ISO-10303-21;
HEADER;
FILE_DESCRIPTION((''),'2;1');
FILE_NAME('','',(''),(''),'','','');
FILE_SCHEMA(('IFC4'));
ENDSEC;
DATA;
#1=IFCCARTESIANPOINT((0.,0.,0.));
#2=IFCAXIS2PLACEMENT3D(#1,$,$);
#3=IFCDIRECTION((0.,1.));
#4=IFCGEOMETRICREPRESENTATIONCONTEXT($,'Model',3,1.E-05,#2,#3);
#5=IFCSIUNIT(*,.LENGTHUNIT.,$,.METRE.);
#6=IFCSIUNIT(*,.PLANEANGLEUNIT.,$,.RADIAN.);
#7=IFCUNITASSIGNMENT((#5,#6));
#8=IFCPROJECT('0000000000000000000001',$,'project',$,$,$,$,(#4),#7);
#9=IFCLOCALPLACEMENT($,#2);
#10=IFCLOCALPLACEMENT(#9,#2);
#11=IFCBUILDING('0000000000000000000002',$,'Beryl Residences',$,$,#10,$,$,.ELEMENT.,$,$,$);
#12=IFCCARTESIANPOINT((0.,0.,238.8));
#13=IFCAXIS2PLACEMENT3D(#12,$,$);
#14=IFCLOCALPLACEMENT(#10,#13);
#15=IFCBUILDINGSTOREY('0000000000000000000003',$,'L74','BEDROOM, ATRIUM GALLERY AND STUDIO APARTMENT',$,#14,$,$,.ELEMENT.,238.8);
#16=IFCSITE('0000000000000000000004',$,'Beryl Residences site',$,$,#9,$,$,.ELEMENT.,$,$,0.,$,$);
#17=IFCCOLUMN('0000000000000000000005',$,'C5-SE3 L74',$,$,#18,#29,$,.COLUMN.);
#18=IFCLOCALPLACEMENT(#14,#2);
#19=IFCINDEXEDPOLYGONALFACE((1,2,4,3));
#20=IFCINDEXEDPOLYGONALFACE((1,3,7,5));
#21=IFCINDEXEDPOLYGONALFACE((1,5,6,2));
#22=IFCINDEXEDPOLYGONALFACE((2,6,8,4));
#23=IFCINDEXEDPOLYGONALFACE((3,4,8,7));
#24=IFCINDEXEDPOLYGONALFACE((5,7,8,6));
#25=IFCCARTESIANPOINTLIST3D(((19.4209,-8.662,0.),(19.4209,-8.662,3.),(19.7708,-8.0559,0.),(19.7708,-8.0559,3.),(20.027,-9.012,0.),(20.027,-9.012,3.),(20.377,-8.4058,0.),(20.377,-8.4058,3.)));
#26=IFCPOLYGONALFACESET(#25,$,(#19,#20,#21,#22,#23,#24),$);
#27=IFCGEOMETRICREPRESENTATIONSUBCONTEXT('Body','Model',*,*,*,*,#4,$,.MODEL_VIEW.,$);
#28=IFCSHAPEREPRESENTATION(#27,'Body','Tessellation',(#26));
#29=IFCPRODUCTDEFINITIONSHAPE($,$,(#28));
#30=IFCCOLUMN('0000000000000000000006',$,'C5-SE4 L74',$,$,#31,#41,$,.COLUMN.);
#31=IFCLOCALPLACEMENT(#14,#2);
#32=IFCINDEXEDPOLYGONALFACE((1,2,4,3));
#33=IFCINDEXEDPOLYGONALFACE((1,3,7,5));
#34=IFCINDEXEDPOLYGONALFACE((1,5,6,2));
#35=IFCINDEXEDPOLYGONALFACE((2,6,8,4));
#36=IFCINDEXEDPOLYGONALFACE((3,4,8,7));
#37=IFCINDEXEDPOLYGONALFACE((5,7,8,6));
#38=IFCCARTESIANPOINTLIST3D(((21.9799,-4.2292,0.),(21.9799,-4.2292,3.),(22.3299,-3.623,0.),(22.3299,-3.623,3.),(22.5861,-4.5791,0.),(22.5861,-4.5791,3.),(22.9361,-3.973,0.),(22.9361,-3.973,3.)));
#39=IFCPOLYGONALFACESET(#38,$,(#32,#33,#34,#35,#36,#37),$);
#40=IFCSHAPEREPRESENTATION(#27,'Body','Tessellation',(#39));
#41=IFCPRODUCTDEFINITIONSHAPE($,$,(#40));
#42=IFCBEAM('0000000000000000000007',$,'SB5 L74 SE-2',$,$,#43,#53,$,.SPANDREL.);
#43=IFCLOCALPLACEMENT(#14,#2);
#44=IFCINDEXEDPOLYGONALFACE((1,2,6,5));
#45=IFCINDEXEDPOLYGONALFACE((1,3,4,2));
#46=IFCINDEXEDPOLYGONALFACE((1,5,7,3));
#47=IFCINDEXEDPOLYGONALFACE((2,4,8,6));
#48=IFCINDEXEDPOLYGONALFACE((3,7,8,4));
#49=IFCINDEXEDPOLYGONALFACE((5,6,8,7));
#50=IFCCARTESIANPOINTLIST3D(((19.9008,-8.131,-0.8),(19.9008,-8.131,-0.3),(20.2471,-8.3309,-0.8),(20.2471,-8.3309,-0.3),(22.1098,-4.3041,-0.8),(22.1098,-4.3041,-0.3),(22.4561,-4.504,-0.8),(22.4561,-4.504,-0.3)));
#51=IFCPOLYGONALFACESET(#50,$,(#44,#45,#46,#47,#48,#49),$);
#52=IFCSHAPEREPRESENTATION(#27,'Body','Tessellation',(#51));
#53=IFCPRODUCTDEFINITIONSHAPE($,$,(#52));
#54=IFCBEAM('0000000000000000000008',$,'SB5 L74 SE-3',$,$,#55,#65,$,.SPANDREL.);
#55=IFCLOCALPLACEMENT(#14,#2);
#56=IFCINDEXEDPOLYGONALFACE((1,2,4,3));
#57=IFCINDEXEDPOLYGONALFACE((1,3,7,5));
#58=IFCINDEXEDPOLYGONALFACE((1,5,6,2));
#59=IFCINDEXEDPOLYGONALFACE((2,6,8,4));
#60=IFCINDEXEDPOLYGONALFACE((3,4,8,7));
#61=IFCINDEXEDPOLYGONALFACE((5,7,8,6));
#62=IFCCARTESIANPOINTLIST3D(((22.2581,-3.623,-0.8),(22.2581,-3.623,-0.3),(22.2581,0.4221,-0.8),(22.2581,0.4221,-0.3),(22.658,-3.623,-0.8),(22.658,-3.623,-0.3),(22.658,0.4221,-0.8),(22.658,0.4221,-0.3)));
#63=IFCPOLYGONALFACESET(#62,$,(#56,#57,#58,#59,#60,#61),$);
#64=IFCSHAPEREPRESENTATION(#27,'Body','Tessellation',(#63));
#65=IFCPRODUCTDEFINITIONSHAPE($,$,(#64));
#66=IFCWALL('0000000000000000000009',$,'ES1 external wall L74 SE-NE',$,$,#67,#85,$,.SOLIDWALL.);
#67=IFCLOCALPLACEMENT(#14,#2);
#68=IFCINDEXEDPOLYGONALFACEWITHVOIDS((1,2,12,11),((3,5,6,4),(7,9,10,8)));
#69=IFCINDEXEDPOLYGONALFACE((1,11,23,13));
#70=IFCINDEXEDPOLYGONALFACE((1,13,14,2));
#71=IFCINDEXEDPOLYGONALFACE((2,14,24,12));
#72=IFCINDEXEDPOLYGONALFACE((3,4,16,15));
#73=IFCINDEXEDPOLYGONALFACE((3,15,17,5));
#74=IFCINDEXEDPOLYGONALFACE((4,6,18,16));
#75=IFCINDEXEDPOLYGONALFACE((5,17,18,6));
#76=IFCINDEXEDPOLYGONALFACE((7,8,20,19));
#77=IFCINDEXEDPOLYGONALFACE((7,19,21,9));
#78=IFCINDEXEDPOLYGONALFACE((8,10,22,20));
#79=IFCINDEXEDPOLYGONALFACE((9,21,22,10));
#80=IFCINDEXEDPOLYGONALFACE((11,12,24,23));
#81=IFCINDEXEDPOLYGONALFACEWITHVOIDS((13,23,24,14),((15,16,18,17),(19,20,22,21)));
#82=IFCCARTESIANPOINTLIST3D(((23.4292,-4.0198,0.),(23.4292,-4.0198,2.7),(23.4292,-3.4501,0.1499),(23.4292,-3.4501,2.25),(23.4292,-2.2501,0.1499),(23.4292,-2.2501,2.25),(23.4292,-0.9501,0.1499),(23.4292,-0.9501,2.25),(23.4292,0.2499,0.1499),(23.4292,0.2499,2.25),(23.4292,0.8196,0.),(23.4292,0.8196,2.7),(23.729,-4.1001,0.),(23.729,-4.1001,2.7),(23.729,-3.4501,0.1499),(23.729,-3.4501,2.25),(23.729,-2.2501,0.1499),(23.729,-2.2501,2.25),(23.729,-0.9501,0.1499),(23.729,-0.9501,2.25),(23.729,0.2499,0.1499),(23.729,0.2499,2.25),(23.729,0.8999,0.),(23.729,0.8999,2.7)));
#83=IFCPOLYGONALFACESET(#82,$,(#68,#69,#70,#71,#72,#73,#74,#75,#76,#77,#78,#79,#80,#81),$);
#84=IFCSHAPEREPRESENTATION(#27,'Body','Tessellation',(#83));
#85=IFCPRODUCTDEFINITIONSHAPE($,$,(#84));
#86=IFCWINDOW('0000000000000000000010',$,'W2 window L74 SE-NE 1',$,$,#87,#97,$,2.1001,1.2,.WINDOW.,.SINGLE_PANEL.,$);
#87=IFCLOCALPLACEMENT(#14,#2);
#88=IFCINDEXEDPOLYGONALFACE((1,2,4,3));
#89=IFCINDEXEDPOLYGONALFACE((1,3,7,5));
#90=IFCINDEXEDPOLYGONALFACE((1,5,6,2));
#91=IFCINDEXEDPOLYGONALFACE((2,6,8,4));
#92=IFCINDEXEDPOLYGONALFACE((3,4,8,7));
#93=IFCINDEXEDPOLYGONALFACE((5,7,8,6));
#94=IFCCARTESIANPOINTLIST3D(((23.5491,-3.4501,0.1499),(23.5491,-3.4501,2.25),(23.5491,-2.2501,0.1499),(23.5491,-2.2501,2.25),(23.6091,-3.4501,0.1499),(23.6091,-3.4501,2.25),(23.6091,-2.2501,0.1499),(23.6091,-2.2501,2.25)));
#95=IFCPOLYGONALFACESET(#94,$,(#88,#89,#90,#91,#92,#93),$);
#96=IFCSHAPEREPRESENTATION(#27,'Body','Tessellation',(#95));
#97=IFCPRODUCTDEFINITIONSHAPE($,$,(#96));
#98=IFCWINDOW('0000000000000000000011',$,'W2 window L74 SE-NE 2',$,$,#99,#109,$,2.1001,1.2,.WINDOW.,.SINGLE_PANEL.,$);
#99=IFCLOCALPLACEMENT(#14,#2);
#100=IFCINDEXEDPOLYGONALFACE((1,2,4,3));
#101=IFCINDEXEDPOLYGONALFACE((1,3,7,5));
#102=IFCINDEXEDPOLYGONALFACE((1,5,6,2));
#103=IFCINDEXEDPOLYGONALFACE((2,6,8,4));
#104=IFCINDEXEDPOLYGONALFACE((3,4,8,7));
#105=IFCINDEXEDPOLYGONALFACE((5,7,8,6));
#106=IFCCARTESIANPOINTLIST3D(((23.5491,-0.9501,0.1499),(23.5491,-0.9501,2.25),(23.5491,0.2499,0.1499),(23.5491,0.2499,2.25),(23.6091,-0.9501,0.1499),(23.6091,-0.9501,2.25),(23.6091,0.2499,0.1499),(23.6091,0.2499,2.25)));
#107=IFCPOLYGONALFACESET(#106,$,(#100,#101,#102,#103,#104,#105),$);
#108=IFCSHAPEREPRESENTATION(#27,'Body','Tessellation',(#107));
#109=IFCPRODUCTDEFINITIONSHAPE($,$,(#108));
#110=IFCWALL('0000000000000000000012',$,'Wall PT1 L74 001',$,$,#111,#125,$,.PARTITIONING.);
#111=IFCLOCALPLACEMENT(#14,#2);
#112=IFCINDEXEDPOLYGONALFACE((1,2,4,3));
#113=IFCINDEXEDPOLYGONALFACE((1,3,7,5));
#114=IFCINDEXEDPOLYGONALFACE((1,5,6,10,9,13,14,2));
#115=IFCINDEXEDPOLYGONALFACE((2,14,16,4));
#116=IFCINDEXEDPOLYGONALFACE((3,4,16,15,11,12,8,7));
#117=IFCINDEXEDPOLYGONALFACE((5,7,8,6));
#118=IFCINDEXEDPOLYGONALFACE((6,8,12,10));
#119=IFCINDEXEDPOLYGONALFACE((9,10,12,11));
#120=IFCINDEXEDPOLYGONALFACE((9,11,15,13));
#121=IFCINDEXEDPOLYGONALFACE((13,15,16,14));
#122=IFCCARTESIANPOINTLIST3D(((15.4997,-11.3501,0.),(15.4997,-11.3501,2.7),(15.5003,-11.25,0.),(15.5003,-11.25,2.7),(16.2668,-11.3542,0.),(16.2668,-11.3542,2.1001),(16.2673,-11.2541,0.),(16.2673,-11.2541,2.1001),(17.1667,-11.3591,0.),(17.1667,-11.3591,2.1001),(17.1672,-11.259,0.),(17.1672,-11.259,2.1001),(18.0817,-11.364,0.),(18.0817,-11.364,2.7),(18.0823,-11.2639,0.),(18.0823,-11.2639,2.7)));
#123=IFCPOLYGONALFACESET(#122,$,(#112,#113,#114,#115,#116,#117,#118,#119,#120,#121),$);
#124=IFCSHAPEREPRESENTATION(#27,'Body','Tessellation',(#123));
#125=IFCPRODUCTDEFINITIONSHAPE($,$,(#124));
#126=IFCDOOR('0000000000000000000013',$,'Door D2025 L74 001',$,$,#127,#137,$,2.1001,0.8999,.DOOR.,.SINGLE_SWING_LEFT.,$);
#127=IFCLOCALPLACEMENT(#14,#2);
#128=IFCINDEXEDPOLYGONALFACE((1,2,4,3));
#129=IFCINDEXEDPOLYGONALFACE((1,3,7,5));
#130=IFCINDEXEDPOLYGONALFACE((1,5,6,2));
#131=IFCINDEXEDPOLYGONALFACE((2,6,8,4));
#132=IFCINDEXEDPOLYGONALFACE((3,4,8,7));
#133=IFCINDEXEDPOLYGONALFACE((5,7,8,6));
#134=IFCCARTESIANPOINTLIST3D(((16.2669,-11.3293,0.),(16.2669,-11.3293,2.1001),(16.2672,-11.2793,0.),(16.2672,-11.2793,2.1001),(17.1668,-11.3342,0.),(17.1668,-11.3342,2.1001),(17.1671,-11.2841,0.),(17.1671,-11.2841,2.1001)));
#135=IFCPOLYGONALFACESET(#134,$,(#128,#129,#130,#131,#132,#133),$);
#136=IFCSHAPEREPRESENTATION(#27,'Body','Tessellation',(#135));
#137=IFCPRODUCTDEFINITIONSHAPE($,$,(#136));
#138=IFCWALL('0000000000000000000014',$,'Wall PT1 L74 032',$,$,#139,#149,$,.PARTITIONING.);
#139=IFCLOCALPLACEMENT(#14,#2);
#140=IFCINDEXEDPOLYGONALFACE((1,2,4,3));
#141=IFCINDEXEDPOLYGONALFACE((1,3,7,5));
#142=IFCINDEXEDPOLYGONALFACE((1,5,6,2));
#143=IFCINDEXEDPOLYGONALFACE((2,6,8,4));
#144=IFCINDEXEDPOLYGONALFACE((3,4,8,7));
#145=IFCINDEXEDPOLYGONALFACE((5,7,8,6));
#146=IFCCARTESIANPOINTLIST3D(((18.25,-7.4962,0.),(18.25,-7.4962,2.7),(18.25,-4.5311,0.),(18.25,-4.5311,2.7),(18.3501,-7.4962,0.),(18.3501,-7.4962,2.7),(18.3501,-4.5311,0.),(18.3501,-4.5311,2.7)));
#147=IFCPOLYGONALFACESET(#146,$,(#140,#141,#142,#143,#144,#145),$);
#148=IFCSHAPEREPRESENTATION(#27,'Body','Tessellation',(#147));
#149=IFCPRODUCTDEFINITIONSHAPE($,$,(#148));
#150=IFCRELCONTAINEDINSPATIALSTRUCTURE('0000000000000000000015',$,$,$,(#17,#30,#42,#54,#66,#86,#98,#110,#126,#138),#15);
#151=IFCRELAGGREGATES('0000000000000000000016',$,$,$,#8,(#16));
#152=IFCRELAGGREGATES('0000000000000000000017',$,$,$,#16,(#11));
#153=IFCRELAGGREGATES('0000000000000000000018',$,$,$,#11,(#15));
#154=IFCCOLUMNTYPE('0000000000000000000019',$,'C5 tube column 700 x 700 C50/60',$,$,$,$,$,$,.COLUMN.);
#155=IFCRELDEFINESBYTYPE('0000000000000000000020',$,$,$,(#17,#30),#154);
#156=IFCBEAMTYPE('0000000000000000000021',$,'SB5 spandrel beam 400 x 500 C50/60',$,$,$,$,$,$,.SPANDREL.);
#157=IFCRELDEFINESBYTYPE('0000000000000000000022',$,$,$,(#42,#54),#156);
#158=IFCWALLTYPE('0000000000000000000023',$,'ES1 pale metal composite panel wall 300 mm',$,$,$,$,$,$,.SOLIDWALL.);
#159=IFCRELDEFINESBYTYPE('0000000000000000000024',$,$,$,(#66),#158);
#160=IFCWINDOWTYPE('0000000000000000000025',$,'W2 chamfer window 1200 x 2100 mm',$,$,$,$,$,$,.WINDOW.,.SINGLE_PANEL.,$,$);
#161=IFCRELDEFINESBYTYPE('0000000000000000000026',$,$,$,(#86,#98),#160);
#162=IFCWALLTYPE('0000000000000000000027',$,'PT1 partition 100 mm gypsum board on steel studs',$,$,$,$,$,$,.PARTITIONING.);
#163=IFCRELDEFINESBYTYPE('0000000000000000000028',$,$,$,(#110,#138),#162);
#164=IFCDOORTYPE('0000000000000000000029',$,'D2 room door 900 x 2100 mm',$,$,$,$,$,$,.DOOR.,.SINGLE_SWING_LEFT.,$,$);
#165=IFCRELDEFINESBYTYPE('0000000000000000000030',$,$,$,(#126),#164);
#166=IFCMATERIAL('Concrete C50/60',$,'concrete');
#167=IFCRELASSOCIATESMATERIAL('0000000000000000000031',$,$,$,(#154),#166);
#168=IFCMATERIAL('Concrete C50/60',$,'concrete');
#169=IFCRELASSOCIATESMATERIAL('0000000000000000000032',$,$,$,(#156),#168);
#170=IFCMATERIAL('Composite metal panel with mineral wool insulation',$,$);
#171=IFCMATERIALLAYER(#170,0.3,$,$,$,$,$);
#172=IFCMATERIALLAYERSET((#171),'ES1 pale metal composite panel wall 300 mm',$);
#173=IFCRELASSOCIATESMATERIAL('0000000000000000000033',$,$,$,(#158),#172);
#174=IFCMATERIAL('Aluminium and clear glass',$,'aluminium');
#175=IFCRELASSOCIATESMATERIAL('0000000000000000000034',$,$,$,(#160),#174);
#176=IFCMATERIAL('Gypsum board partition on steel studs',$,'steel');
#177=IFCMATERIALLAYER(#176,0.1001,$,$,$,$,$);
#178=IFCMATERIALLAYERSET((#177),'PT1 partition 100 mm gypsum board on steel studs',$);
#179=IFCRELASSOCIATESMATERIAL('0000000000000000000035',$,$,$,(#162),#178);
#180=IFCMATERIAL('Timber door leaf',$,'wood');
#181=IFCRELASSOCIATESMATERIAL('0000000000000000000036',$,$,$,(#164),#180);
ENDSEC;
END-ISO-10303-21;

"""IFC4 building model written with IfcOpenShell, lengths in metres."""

from ifc_helpers import new_model, si_unit, direction, frame, frame_2d, origin, origin_2d, place, context, subcontext, project, spatial, polyline, rectangle, outline, extrude, material, layer, layer_set, material_profile, profile_set, type_object, element, fill, save


model = new_model("IFC4")

# Units and contexts
model_context = context("Model", 3, precision=1e-05, world=origin(), true_north=direction((0.0, 1.0)))
body_context = subcontext(model_context, "Body", "Model", "MODEL_VIEW")
ifc_project = project(units=[si_unit("LENGTHUNIT", "METRE"), si_unit("PLANEANGLEUNIT", "RADIAN")], contexts=[model_context])

# Site, building, storey
site_placement = place(None, origin())
site = spatial("IfcSite", under=ifc_project, at=site_placement, Name="Beryl Residences site", CompositionType="ELEMENT", RefElevation=0.0)
building_placement = place(site_placement, origin())
building = spatial("IfcBuilding", under=site, at=building_placement, Name="Beryl Residences", CompositionType="ELEMENT")
storey_placement = place(building_placement, frame((0.0, 0.0, 238.8)))
storey = spatial("IfcBuildingStorey", under=building, at=storey_placement, Name="L74", Description="BEDROOM, ATRIUM GALLERY AND STUDIO APARTMENT", CompositionType="ELEMENT", Elevation=238.8)

# Columns
ifc_material_1 = material(Name="Concrete C50/60", Category="concrete")
ifc_material_profile_1 = material_profile(ifc_material_1, rectangle(XDim=0.7, YDim=0.7, at=origin_2d()))
ifc_profile_set_1 = profile_set([ifc_material_profile_1], Name="Concrete C50/60")
column_type = type_object("IfcColumnType", Name="C5 tube column 700 x 700 C50/60", PredefinedType="COLUMN", material=ifc_profile_set_1)
for number, where, z_axis, x_axis, name in (
    (1, (19.8989, -8.5339, 0.0), (0.0, 0.0, 1.0), (0.499985, 0.866034, 0.0), "C5-SE3 L74"),
    (2, (22.458, -4.1011, 0.0), (0.0, 0.0, 1.0), (0.499985, 0.866034, 0.0), "C5-SE4 L74"),
):
    element("IfcColumn", number, at=place(storey_placement, frame(where, z_axis=z_axis, x_axis=x_axis)), inside=storey, type_object=column_type, Name=name, PredefinedType="COLUMN", context=body_context, shape_type="SweptSolid", body=[
        extrude(rectangle(XDim=0.7, YDim=0.7, at=origin_2d()), origin(), (0.0, 0.0, 1.0), 3.0),
    ])

# Beams
ifc_material_2 = material(Name="Concrete C50/60", Category="concrete")
ifc_material_profile_2 = material_profile(ifc_material_2, rectangle(XDim=0.3999, YDim=0.5, at=origin_2d()))
ifc_profile_set_2 = profile_set([ifc_material_profile_2], Name="Concrete C50/60")
beam_type = type_object("IfcBeamType", Name="SB5 spandrel beam 400 x 500 C50/60", PredefinedType="SPANDREL", material=ifc_profile_set_2)
beam_1_placement = place(storey_placement, frame((20.074, -8.231, -0.55), z_axis=(0.499919, 0.866072, 0.0), x_axis=(-0.866072, 0.499919, 0.0)))
element("IfcBeam", 3, at=beam_1_placement, inside=storey, type_object=beam_type, Name="SB5 L74 SE-2", PredefinedType="SPANDREL", context=body_context, shape_type="SweptSolid", body=[
    extrude(rectangle(XDim=0.3999, YDim=0.5, at=origin_2d()), origin(), (0.0, 0.0, 1.0), 4.4187),
])
beam_2_placement = place(storey_placement, frame((22.458, -3.623, -0.55), z_axis=(0.0, 1.0, 0.0), x_axis=(-1.0, 0.0, 0.0)))
element("IfcBeam", 4, at=beam_2_placement, inside=storey, type_object=beam_type, Name="SB5 L74 SE-3", PredefinedType="SPANDREL", context=body_context, shape_type="SweptSolid", body=[
    extrude(rectangle(XDim=0.3999, YDim=0.5, at=origin_2d()), origin(), (0.0, 0.0, 1.0), 4.0452),
])

# Wall, openings, windows
ifc_material_3 = material(Name="Composite metal panel with mineral wool insulation")
ifc_layer_1 = layer(ifc_material_3, 0.3)
ifc_layer_set_1 = layer_set([ifc_layer_1], Name="ES1 pale metal composite panel wall 300 mm")
wall_type_1 = type_object("IfcWallType", Name="ES1 pale metal composite panel wall 300 mm", PredefinedType="SOLIDWALL", material=ifc_layer_set_1)
wall_1_placement = place(storey_placement, frame((23.5791, -4.1001, 0.0), z_axis=(0.0, 0.0, 1.0), x_axis=(0.0, 1.0, 0.0)))
wall_1 = element("IfcWall", 5, at=wall_1_placement, inside=storey, type_object=wall_type_1, Name="ES1 external wall L74 SE-NE", PredefinedType="SOLIDWALL", context=body_context, shape_type="SweptSolid", body=[
    extrude(outline(polyline([(0.0, -0.1499), (5.0, -0.1499), (4.9197, 0.1499), (0.0803, 0.1499), (0.0, -0.1499)])), origin(), (0.0, 0.0, 1.0), 2.7),
])
opening_1_placement = place(wall_1_placement, frame((0.6499, 0.0, 0.1499)))
opening_1 = element("IfcOpeningElement", 6, at=opening_1_placement, cuts=wall_1, PredefinedType="OPENING", context=body_context, shape_type="SweptSolid", body=[
    extrude(rectangle(XDim=1.2, YDim=2.1001, at=frame_2d((0.6001, 1.05))), frame((0.0, 0.1599, 0.0), z_axis=(0.0, -1.0, 0.0), x_axis=(1.0, 0.0, 0.0)), (0.0, 0.0, 1.0), 0.3201),
])
opening_2_placement = place(wall_1_placement, frame((3.1499, 0.0, 0.1499)))
opening_2 = element("IfcOpeningElement", 7, at=opening_2_placement, cuts=wall_1, PredefinedType="OPENING", context=body_context, shape_type="SweptSolid", body=[
    extrude(rectangle(XDim=1.2, YDim=2.1001, at=frame_2d((0.6001, 1.05))), frame((0.0, 0.1599, 0.0), z_axis=(0.0, -1.0, 0.0), x_axis=(1.0, 0.0, 0.0)), (0.0, 0.0, 1.0), 0.3201),
])
ifc_material_4 = material(Name="Aluminium and clear glass", Category="aluminium")
window_type = type_object("IfcWindowType", Name="W2 chamfer window 1200 x 2100 mm", PartitioningType="SINGLE_PANEL", PredefinedType="WINDOW", material=ifc_material_4)
window_1_placement = place(opening_1_placement, origin())
window_1 = element("IfcWindow", 8, at=window_1_placement, inside=storey, type_object=window_type, Name="W2 window L74 SE-NE 1", OverallHeight=2.1001, OverallWidth=1.2, PartitioningType="SINGLE_PANEL", PredefinedType="WINDOW", context=body_context, shape_type="SweptSolid", body=[
    extrude(rectangle(XDim=1.2, YDim=2.1001, at=frame_2d((0.6001, 1.05))), frame((0.0, 0.03, 0.0), z_axis=(0.0, -1.0, 0.0), x_axis=(1.0, 0.0, 0.0)), (0.0, 0.0, 1.0), 0.0601),
])
fill(opening_1, window_1)
window_2_placement = place(opening_2_placement, origin())
window_2 = element("IfcWindow", 9, at=window_2_placement, inside=storey, type_object=window_type, Name="W2 window L74 SE-NE 2", OverallHeight=2.1001, OverallWidth=1.2, PartitioningType="SINGLE_PANEL", PredefinedType="WINDOW", context=body_context, shape_type="SweptSolid", body=[
    extrude(rectangle(XDim=1.2, YDim=2.1001, at=frame_2d((0.6001, 1.05))), frame((0.0, 0.03, 0.0), z_axis=(0.0, -1.0, 0.0), x_axis=(1.0, 0.0, 0.0)), (0.0, 0.0, 1.0), 0.0601),
])
fill(opening_2, window_2)

# Wall, opening, door
ifc_material_5 = material(Name="Gypsum board partition on steel studs", Category="steel")
ifc_layer_2 = layer(ifc_material_5, 0.1001)
ifc_layer_set_2 = layer_set([ifc_layer_2], Name="PT1 partition 100 mm gypsum board on steel studs")
wall_type_2 = type_object("IfcWallType", Name="PT1 partition 100 mm gypsum board on steel studs", PredefinedType="PARTITIONING", material=ifc_layer_set_2)
wall_2_placement = place(storey_placement, frame((15.5, -11.3, 0.0), z_axis=(0.0, 0.0, 1.0), x_axis=(0.999985, -0.005389, 0.0)))
wall_2 = element("IfcWall", 10, at=wall_2_placement, inside=storey, type_object=wall_type_2, Name="Wall PT1 L74 001", PredefinedType="PARTITIONING", context=body_context, shape_type="SweptSolid", body=[
    extrude(rectangle(XDim=2.582, YDim=0.1001, at=frame_2d((1.291, 0.0))), origin(), (0.0, 0.0, 1.0), 2.7),
])
opening_3_placement = place(wall_2_placement, frame((0.7671, 0.0, 0.0)))
opening_3 = element("IfcOpeningElement", 11, at=opening_3_placement, cuts=wall_2, PredefinedType="OPENING", context=body_context, shape_type="SweptSolid", body=[
    extrude(rectangle(XDim=0.8999, YDim=2.1001, at=frame_2d((0.45, 1.05))), frame((0.0, 0.0601, 0.0), z_axis=(0.0, -1.0, 0.0), x_axis=(1.0, 0.0, 0.0)), (0.0, 0.0, 1.0), 0.1201),
])
ifc_material_6 = material(Name="Timber door leaf", Category="wood")
door_type_1 = type_object("IfcDoorType", Name="D2 room door 900 x 2100 mm", OperationType="SINGLE_SWING_LEFT", PredefinedType="DOOR", material=ifc_material_6)
door_1_placement = place(opening_3_placement, origin())
door_1 = element("IfcDoor", 12, at=door_1_placement, inside=storey, type_object=door_type_1, Name="Door D2025 L74 001", OperationType="SINGLE_SWING_LEFT", OverallHeight=2.1001, OverallWidth=0.8999, PredefinedType="DOOR", context=body_context, shape_type="SweptSolid", body=[
    extrude(rectangle(XDim=0.8999, YDim=2.1001, at=frame_2d((0.45, 1.05))), frame((0.0, 0.0249, 0.0), z_axis=(0.0, -1.0, 0.0), x_axis=(1.0, 0.0, 0.0)), (0.0, 0.0, 1.0), 0.05),
])
fill(opening_3, door_1)

# Wall
wall_3_placement = place(storey_placement, frame((18.3, -7.4961, 0.0), z_axis=(0.0, 0.0, 1.0), x_axis=(0.0, 1.0, 0.0)))
element("IfcWall", 13, at=wall_3_placement, inside=storey, type_object=wall_type_2, Name="Wall PT1 L74 032", PredefinedType="PARTITIONING", context=body_context, shape_type="SweptSolid", body=[
    extrude(rectangle(XDim=2.9651, YDim=0.1001, at=frame_2d((1.4824, 0.0))), origin(), (0.0, 0.0, 1.0), 2.7),
])

save(model, "model.ifc")
